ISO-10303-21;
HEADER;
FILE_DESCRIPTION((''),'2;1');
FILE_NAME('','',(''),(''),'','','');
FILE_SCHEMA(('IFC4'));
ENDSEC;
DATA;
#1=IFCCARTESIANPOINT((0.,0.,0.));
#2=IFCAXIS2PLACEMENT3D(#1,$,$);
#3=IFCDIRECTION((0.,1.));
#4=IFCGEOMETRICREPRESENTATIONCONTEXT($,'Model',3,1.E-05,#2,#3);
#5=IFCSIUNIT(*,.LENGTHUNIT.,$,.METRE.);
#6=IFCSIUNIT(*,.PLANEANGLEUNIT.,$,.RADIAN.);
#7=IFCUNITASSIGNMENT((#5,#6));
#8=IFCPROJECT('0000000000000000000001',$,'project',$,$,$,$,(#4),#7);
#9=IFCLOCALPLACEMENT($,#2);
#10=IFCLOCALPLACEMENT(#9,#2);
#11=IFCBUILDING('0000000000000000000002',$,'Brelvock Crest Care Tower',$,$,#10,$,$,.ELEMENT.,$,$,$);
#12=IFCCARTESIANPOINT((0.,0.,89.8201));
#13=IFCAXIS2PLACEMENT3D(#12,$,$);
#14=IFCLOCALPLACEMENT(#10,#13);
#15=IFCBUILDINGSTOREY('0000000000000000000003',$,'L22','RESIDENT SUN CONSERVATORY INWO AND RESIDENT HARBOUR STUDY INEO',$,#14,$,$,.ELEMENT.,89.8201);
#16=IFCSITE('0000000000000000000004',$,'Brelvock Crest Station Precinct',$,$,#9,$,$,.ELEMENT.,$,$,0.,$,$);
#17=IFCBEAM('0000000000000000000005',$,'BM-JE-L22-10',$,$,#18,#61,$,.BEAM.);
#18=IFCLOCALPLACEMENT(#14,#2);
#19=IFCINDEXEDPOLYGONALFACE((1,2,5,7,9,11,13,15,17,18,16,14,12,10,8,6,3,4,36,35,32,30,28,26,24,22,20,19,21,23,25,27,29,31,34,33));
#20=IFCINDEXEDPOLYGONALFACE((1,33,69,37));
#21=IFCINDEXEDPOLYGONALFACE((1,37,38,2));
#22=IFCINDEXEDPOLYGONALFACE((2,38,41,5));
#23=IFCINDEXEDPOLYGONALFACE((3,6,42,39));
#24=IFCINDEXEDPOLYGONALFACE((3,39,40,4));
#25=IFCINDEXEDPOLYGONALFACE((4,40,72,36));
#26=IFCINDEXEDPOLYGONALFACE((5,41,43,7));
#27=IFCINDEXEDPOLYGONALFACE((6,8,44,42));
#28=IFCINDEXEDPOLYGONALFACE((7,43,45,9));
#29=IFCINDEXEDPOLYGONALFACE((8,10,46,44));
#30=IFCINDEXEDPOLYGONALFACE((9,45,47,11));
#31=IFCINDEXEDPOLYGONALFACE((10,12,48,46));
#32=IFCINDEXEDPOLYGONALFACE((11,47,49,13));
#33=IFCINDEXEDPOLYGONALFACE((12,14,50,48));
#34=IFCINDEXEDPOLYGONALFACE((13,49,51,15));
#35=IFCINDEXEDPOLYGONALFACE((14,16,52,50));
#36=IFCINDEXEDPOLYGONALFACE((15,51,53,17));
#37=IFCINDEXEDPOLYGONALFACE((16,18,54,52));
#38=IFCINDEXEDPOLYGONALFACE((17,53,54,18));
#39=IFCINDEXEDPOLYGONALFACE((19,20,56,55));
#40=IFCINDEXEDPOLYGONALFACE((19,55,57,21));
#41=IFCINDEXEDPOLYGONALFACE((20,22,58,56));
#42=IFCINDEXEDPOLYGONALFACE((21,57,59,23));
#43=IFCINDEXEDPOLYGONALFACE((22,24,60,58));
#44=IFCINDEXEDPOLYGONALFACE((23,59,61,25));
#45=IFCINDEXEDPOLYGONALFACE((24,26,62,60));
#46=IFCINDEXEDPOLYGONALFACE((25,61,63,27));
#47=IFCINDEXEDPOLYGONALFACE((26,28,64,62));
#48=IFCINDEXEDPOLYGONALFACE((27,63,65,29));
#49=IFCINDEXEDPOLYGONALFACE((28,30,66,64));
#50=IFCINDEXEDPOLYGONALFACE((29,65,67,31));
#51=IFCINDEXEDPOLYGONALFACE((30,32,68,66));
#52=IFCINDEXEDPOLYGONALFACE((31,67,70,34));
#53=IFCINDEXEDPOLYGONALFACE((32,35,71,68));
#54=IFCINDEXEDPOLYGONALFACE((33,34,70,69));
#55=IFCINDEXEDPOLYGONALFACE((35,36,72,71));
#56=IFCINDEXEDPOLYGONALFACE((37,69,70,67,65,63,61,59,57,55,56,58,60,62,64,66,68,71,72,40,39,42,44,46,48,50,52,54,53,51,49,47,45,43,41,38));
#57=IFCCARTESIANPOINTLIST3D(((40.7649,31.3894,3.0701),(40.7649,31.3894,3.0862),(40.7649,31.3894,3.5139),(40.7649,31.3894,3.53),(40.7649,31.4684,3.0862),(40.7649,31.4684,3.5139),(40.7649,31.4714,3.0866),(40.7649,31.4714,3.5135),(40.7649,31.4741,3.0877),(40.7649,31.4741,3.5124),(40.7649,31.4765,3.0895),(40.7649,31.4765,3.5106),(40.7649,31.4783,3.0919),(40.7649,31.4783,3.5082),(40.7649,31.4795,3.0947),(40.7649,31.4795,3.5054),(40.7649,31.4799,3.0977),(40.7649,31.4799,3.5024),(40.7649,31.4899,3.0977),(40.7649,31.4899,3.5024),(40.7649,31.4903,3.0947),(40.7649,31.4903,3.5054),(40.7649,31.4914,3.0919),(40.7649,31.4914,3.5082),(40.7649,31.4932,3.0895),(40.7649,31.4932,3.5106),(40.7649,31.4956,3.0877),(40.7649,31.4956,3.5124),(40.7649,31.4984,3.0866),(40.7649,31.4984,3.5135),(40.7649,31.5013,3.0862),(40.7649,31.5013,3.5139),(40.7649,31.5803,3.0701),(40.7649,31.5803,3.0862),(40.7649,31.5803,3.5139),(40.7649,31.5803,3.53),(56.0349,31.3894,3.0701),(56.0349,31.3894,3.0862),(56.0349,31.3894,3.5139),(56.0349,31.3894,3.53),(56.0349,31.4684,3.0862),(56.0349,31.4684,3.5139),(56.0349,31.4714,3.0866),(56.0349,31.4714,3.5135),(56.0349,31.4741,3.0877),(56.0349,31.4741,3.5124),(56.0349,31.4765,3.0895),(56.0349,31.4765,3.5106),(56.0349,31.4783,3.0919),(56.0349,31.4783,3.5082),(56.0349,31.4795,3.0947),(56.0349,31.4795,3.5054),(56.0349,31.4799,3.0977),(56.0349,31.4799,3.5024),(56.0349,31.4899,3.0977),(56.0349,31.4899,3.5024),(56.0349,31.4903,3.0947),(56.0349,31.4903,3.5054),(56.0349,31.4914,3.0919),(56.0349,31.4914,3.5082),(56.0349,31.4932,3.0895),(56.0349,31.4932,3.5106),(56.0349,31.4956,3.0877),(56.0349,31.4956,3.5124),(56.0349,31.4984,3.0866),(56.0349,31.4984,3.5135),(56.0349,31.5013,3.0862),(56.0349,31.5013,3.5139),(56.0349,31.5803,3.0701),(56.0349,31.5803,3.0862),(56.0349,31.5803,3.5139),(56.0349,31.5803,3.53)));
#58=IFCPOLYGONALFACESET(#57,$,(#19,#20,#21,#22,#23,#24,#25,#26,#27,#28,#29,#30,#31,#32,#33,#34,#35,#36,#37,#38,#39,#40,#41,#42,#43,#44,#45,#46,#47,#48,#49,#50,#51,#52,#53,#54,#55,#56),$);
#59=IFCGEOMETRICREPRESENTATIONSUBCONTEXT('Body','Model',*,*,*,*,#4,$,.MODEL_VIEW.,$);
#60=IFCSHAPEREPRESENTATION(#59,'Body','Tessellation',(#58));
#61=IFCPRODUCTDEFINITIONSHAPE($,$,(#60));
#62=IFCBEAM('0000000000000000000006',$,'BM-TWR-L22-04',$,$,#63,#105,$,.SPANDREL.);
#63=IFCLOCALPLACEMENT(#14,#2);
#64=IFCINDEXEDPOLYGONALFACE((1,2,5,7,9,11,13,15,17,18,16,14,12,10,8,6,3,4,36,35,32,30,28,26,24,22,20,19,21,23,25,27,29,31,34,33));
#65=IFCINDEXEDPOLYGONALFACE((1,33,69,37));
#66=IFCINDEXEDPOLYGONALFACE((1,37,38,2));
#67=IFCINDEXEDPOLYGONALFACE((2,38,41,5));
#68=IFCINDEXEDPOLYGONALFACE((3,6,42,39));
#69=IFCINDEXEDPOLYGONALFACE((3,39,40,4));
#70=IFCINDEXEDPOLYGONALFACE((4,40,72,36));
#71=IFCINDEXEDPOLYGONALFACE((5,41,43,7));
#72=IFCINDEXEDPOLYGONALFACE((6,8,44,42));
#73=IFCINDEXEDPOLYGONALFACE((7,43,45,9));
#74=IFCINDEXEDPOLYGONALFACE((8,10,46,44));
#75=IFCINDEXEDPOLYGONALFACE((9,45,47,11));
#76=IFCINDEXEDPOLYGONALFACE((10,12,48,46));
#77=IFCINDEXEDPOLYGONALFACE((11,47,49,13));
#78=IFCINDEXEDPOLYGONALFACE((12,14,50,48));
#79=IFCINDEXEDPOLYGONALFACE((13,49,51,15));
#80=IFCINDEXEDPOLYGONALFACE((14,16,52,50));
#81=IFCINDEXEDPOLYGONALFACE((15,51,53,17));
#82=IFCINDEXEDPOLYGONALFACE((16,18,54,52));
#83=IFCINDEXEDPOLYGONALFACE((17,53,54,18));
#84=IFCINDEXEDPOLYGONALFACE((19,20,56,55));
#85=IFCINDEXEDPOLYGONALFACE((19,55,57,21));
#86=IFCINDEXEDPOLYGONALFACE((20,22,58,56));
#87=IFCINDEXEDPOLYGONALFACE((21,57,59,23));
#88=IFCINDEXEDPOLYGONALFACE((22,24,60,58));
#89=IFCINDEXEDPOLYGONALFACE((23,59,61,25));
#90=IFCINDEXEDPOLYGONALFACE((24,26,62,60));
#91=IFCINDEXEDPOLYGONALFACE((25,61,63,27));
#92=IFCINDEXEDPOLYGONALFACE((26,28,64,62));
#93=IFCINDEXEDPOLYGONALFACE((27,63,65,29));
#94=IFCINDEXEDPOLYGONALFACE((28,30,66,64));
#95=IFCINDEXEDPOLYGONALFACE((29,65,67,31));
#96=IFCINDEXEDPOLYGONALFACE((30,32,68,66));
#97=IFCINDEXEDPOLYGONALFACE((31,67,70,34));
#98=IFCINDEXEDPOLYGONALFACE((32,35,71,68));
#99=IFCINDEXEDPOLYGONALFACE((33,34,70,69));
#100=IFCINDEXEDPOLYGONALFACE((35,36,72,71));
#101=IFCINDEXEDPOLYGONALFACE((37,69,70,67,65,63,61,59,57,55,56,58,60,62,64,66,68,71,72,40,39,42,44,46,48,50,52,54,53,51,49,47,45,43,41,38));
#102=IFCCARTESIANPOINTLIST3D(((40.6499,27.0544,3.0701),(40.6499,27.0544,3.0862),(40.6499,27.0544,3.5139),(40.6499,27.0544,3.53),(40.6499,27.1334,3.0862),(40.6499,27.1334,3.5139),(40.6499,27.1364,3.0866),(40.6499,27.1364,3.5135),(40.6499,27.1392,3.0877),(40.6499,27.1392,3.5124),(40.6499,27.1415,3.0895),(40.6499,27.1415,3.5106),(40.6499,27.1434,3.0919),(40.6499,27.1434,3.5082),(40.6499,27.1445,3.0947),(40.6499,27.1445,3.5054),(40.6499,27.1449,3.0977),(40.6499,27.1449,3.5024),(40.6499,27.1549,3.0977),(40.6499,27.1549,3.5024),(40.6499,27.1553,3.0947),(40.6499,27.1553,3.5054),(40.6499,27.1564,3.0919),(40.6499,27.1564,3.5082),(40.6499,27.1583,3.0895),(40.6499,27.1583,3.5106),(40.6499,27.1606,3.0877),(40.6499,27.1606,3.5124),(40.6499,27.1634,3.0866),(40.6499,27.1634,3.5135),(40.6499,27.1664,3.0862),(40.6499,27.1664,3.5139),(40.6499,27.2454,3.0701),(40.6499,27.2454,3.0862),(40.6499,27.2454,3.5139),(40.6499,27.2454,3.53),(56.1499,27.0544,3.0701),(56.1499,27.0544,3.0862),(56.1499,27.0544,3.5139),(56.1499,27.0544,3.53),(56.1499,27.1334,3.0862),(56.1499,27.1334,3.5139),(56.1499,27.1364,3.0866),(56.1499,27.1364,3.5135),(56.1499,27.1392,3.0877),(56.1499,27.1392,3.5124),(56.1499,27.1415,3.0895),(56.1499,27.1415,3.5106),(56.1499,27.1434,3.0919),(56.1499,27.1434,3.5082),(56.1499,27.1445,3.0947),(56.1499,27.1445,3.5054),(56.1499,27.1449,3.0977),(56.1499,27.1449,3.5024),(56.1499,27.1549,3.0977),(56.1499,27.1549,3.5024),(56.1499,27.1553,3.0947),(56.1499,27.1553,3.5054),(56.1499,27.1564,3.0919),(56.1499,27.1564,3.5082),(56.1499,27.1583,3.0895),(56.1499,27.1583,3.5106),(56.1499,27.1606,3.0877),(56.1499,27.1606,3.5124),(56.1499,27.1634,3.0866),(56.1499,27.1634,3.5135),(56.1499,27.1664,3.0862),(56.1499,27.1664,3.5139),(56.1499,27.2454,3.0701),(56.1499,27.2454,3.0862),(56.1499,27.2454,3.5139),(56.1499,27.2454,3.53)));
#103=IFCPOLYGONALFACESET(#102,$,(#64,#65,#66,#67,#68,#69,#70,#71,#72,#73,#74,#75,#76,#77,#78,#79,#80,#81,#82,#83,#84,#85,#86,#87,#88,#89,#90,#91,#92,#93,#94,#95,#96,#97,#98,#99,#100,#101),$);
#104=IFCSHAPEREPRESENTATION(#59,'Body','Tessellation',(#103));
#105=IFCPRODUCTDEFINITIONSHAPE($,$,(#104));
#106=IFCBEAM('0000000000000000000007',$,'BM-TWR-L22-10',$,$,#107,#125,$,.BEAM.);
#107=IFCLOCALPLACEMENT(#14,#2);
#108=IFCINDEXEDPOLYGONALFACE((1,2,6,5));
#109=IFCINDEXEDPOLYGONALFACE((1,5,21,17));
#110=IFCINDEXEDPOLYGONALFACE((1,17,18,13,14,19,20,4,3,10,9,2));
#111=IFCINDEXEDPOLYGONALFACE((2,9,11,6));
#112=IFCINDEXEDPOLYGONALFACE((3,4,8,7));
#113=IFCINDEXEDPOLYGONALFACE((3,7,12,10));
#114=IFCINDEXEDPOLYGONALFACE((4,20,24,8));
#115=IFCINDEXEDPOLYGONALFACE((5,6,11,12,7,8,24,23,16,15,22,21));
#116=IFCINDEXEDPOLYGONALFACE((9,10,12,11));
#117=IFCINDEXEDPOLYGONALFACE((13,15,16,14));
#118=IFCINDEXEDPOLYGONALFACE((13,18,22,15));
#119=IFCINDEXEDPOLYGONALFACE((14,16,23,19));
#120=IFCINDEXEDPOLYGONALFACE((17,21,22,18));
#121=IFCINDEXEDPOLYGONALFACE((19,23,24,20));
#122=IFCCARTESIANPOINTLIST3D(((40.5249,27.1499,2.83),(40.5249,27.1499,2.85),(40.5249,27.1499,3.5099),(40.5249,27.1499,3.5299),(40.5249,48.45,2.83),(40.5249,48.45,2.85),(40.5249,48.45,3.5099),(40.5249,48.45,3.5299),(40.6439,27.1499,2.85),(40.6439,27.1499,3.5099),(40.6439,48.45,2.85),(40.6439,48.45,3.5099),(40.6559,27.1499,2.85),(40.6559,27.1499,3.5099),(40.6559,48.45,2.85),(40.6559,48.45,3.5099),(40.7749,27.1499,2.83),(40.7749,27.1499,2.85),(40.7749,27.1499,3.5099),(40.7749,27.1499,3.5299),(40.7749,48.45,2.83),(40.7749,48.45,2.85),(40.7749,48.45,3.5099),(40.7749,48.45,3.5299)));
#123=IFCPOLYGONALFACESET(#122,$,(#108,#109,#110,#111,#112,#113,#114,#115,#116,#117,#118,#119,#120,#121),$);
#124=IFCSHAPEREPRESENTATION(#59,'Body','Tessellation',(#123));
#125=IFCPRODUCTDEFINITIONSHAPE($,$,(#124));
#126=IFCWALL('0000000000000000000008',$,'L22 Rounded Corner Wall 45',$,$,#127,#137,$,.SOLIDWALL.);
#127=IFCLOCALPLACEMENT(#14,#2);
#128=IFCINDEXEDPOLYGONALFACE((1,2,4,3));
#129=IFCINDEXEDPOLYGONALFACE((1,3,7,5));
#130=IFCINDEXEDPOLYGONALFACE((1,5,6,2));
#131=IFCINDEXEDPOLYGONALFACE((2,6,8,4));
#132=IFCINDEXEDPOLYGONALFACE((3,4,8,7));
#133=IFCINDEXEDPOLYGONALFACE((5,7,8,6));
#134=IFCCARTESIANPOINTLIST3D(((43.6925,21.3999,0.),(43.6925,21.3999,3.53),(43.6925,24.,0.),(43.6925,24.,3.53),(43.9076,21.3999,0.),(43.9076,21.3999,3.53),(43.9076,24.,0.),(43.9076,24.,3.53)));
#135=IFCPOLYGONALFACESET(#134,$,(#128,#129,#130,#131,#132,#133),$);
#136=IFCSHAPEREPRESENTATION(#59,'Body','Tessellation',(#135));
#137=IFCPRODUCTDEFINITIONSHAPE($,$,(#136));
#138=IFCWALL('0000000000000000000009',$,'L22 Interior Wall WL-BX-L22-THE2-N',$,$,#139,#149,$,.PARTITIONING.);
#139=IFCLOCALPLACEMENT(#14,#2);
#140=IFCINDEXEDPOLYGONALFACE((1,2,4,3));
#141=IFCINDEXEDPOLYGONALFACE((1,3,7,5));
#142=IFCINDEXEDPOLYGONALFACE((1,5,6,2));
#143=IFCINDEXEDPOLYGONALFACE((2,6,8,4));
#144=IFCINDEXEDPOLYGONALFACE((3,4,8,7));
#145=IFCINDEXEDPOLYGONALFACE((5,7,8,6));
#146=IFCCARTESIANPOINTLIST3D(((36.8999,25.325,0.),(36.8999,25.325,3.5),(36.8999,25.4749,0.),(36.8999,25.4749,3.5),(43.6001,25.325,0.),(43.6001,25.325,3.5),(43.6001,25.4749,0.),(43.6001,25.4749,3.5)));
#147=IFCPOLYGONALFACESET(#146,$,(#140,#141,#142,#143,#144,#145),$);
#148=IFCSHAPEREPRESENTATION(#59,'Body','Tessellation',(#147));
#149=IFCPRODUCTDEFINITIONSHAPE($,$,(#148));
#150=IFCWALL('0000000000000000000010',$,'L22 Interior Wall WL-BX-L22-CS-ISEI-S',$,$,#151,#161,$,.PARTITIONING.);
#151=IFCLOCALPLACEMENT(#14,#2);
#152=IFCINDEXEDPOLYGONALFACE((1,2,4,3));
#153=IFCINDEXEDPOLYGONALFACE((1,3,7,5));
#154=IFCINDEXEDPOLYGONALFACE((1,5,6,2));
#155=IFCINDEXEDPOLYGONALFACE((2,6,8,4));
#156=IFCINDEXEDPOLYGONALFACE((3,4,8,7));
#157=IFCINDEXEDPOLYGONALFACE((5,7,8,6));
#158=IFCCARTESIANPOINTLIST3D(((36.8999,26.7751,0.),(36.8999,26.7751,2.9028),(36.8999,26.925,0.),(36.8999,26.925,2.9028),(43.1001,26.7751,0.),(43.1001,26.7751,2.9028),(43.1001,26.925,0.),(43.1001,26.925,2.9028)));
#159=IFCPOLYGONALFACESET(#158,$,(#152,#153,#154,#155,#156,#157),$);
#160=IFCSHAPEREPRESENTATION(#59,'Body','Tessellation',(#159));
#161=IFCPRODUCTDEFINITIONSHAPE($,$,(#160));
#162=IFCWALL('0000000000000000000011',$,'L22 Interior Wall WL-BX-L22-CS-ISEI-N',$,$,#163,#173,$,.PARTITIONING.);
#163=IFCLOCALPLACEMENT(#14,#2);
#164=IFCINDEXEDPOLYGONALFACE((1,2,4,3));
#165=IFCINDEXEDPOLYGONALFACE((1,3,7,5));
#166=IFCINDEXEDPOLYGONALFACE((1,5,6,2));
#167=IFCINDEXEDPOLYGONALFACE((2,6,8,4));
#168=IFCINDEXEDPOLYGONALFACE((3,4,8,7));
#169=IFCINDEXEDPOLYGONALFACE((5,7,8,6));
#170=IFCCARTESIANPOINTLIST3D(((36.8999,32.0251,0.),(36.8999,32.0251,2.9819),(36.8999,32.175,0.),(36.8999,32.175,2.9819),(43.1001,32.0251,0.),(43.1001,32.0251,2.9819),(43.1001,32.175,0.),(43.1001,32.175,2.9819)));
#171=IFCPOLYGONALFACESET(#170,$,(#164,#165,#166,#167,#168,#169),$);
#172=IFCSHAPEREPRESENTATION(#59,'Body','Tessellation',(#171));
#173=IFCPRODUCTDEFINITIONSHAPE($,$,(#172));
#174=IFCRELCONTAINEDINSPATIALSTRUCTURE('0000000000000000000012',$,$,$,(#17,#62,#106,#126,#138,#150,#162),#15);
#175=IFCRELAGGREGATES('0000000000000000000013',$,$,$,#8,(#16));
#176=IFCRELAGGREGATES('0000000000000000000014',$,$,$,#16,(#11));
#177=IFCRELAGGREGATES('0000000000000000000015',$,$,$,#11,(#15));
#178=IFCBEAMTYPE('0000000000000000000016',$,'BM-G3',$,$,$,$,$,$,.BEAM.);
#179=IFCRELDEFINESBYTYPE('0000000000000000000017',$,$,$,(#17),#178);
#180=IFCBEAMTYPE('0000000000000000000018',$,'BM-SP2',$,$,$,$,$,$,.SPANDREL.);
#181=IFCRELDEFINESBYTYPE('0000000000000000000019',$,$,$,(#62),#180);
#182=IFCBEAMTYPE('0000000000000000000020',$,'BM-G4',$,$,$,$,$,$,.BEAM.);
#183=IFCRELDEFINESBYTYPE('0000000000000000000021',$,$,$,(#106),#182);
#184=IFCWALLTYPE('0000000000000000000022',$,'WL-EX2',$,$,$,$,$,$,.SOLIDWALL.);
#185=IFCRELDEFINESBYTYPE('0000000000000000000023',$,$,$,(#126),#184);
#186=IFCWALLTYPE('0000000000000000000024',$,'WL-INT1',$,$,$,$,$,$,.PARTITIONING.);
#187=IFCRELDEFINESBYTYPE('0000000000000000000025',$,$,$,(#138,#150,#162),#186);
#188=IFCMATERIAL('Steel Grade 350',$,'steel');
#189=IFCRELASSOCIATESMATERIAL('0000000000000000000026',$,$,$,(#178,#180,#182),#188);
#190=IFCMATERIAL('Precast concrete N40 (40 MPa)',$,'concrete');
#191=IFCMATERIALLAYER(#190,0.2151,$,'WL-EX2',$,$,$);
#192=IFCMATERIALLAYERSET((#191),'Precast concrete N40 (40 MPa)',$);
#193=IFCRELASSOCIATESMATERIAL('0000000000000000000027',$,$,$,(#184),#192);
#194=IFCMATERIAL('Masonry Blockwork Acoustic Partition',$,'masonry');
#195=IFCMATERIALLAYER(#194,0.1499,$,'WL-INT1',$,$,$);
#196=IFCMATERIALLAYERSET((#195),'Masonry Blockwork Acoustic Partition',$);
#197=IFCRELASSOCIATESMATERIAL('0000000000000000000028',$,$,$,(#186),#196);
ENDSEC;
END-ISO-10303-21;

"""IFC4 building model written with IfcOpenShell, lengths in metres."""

from ifc_helpers import new_model, si_unit, direction, frame, frame_2d, origin, origin_2d, place, context, subcontext, project, spatial, rectangle, i_section, extrude, source, transform, mapped, material, layer, layer_set, material_profile, profile_set, type_object, element, save


model = new_model("IFC4")

# Units and contexts
model_context = context("Model", 3, precision=1e-05, world=origin(), true_north=direction((0.0, 1.0)))
body_context = subcontext(model_context, "Body", "Model", "MODEL_VIEW")
ifc_project = project(units=[si_unit("LENGTHUNIT", "METRE"), si_unit("PLANEANGLEUNIT", "RADIAN")], contexts=[model_context])

# Site, building, storey
site_placement = place(None, origin())
site = spatial("IfcSite", under=ifc_project, at=site_placement, Name="Brelvock Crest Station Precinct", CompositionType="ELEMENT", RefElevation=0.0)
building_placement = place(site_placement, origin())
building = spatial("IfcBuilding", under=site, at=building_placement, Name="Brelvock Crest Care Tower", CompositionType="ELEMENT")
storey_placement = place(building_placement, frame((0.0, 0.0, 89.8201)))
storey = spatial("IfcBuildingStorey", under=building, at=storey_placement, Name="L22", Description="RESIDENT SUN CONSERVATORY INWO AND RESIDENT HARBOUR STUDY INEO", CompositionType="ELEMENT", Elevation=89.8201)

# Shared definitions
ifc_material_1 = material(Name="Steel Grade 350", Category="steel")

# Beams
ifc_material_profile_1 = material_profile(ifc_material_1, i_section(OverallWidth=0.1909, OverallDepth=0.46, WebThickness=0.01, FlangeThickness=0.0161, FilletRadius=0.0115, at=origin_2d()), Name="460UB82.1")
ifc_profile_set_1 = profile_set([ifc_material_profile_1], Name="Steel Grade 350")
beam_type_1 = type_object("IfcBeamType", Name="BM-G3", PredefinedType="BEAM", material=ifc_profile_set_1)
shared_shape_1 = source(origin(), body_context, "Body", "SweptSolid", [
    extrude(i_section(OverallWidth=0.1909, OverallDepth=0.46, WebThickness=0.01, FlangeThickness=0.0161, FilletRadius=0.0115, at=origin_2d()), origin(), (0.0, 0.0, 1.0), 15.27),
])
for number, where, z_axis, x_axis, name in (
    (1, (40.7649, 31.4849, 3.3), (1.0, 0.0, 0.0), (0.0, 1.0, 0.0), "BM-JE-L22-10"),
):
    element("IfcBeam", number, at=place(storey_placement, frame(where, z_axis=z_axis, x_axis=x_axis)), inside=storey, type_object=beam_type_1, Name=name, PredefinedType="BEAM", context=body_context, shape_type="MappedRepresentation", body=[
        mapped(shared_shape_1, transform((0.0, 0.0, 0.0), x_axis=(1.0, 0.0, 0.0), y_axis=(0.0, 1.0, 0.0), z_axis=(0.0, 0.0, 1.0), scale=1.0)),
    ])
ifc_material_profile_2 = material_profile(ifc_material_1, i_section(OverallWidth=0.1909, OverallDepth=0.46, WebThickness=0.01, FlangeThickness=0.0161, FilletRadius=0.0115, at=origin_2d()), Name="460UB82.1")
ifc_profile_set_2 = profile_set([ifc_material_profile_2], Name="Steel Grade 350")
beam_type_2 = type_object("IfcBeamType", Name="BM-SP2", PredefinedType="SPANDREL", material=ifc_profile_set_2)
shared_shape_2 = source(origin(), body_context, "Body", "SweptSolid", [
    extrude(i_section(OverallWidth=0.1909, OverallDepth=0.46, WebThickness=0.01, FlangeThickness=0.0161, FilletRadius=0.0115, at=origin_2d()), origin(), (0.0, 0.0, 1.0), 15.5),
])
beam_1_placement = place(storey_placement, frame((40.6499, 27.1499, 3.3), z_axis=(1.0, 0.0, 0.0), x_axis=(0.0, 1.0, 0.0)))
element("IfcBeam", 2, at=beam_1_placement, inside=storey, type_object=beam_type_2, Name="BM-TWR-L22-04", PredefinedType="SPANDREL", context=body_context, shape_type="MappedRepresentation", body=[
    mapped(shared_shape_2, transform((0.0, 0.0, 0.0), x_axis=(1.0, 0.0, 0.0), y_axis=(0.0, 1.0, 0.0), z_axis=(0.0, 0.0, 1.0), scale=1.0)),
])
ifc_material_profile_3 = material_profile(ifc_material_1, i_section(OverallWidth=0.25, OverallDepth=0.7, WebThickness=0.012, FlangeThickness=0.02, at=origin_2d()), Name="700WB150")
ifc_profile_set_3 = profile_set([ifc_material_profile_3], Name="Steel Grade 350")
beam_type_3 = type_object("IfcBeamType", Name="BM-G4", PredefinedType="BEAM", material=ifc_profile_set_3)
shared_shape_3 = source(origin(), body_context, "Body", "SweptSolid", [
    extrude(i_section(OverallWidth=0.25, OverallDepth=0.7, WebThickness=0.012, FlangeThickness=0.02, at=origin_2d()), origin(), (0.0, 0.0, 1.0), 21.3),
])
beam_2_placement = place(storey_placement, frame((40.6499, 27.1499, 3.1799), z_axis=(0.0, 1.0, 0.0), x_axis=(-1.0, 0.0, 0.0)))
element("IfcBeam", 3, at=beam_2_placement, inside=storey, type_object=beam_type_3, Name="BM-TWR-L22-10", PredefinedType="BEAM", context=body_context, shape_type="MappedRepresentation", body=[
    mapped(shared_shape_3, transform((0.0, 0.0, 0.0), x_axis=(1.0, 0.0, 0.0), y_axis=(0.0, 1.0, 0.0), z_axis=(0.0, 0.0, 1.0), scale=1.0)),
])

# Walls
ifc_material_2 = material(Name="Precast concrete N40 (40 MPa)", Category="concrete")
ifc_layer_1 = layer(ifc_material_2, 0.2151, Name="WL-EX2")
ifc_layer_set_1 = layer_set([ifc_layer_1], Name="Precast concrete N40 (40 MPa)")
wall_type_1 = type_object("IfcWallType", Name="WL-EX2", PredefinedType="SOLIDWALL", material=ifc_layer_set_1)
wall_1_placement = place(storey_placement, frame((43.8, 24.0, 0.0), z_axis=(0.0, 0.0, 1.0), x_axis=(0.0, -1.0, 0.0)))
element("IfcWall", 4, at=wall_1_placement, inside=storey, type_object=wall_type_1, Name="L22 Rounded Corner Wall 45", PredefinedType="SOLIDWALL", context=body_context, shape_type="SweptSolid", body=[
    extrude(rectangle(XDim=2.6001, YDim=0.2151, at=frame_2d((1.3, 0.0))), origin(), (0.0, 0.0, 1.0), 3.53),
])
ifc_material_3 = material(Name="Masonry Blockwork Acoustic Partition", Category="masonry")
ifc_layer_2 = layer(ifc_material_3, 0.1499, Name="WL-INT1")
ifc_layer_set_2 = layer_set([ifc_layer_2], Name="Masonry Blockwork Acoustic Partition")
wall_type_2 = type_object("IfcWallType", Name="WL-INT1", PredefinedType="PARTITIONING", material=ifc_layer_set_2)
wall_2_placement = place(storey_placement, frame((36.8999, 25.3999, 0.0), z_axis=(0.0, 0.0, 1.0), x_axis=(1.0, 0.0, 0.0)))
element("IfcWall", 5, at=wall_2_placement, inside=storey, type_object=wall_type_2, Name="L22 Interior Wall WL-BX-L22-THE2-N", PredefinedType="PARTITIONING", context=body_context, shape_type="SweptSolid", body=[
    extrude(rectangle(XDim=6.7002, YDim=0.1499, at=frame_2d((3.3501, 0.0))), origin(), (0.0, 0.0, 1.0), 3.5),
])
wall_3_placement = place(storey_placement, frame((36.8999, 26.8501, 0.0), z_axis=(0.0, 0.0, 1.0), x_axis=(1.0, 0.0, 0.0)))
element("IfcWall", 6, at=wall_3_placement, inside=storey, type_object=wall_type_2, Name="L22 Interior Wall WL-BX-L22-CS-ISEI-S", PredefinedType="PARTITIONING", context=body_context, shape_type="SweptSolid", body=[
    extrude(rectangle(XDim=6.2002, YDim=0.1499, at=frame_2d((3.1001, 0.0))), origin(), (0.0, 0.0, 1.0), 2.9028),
])
wall_4_placement = place(storey_placement, frame((36.8999, 32.1001, 0.0), z_axis=(0.0, 0.0, 1.0), x_axis=(1.0, 0.0, 0.0)))
element("IfcWall", 7, at=wall_4_placement, inside=storey, type_object=wall_type_2, Name="L22 Interior Wall WL-BX-L22-CS-ISEI-N", PredefinedType="PARTITIONING", context=body_context, shape_type="SweptSolid", body=[
    extrude(rectangle(XDim=6.2002, YDim=0.1499, at=frame_2d((3.1001, 0.0))), origin(), (0.0, 0.0, 1.0), 2.9819),
])

save(model, "model.ifc")
